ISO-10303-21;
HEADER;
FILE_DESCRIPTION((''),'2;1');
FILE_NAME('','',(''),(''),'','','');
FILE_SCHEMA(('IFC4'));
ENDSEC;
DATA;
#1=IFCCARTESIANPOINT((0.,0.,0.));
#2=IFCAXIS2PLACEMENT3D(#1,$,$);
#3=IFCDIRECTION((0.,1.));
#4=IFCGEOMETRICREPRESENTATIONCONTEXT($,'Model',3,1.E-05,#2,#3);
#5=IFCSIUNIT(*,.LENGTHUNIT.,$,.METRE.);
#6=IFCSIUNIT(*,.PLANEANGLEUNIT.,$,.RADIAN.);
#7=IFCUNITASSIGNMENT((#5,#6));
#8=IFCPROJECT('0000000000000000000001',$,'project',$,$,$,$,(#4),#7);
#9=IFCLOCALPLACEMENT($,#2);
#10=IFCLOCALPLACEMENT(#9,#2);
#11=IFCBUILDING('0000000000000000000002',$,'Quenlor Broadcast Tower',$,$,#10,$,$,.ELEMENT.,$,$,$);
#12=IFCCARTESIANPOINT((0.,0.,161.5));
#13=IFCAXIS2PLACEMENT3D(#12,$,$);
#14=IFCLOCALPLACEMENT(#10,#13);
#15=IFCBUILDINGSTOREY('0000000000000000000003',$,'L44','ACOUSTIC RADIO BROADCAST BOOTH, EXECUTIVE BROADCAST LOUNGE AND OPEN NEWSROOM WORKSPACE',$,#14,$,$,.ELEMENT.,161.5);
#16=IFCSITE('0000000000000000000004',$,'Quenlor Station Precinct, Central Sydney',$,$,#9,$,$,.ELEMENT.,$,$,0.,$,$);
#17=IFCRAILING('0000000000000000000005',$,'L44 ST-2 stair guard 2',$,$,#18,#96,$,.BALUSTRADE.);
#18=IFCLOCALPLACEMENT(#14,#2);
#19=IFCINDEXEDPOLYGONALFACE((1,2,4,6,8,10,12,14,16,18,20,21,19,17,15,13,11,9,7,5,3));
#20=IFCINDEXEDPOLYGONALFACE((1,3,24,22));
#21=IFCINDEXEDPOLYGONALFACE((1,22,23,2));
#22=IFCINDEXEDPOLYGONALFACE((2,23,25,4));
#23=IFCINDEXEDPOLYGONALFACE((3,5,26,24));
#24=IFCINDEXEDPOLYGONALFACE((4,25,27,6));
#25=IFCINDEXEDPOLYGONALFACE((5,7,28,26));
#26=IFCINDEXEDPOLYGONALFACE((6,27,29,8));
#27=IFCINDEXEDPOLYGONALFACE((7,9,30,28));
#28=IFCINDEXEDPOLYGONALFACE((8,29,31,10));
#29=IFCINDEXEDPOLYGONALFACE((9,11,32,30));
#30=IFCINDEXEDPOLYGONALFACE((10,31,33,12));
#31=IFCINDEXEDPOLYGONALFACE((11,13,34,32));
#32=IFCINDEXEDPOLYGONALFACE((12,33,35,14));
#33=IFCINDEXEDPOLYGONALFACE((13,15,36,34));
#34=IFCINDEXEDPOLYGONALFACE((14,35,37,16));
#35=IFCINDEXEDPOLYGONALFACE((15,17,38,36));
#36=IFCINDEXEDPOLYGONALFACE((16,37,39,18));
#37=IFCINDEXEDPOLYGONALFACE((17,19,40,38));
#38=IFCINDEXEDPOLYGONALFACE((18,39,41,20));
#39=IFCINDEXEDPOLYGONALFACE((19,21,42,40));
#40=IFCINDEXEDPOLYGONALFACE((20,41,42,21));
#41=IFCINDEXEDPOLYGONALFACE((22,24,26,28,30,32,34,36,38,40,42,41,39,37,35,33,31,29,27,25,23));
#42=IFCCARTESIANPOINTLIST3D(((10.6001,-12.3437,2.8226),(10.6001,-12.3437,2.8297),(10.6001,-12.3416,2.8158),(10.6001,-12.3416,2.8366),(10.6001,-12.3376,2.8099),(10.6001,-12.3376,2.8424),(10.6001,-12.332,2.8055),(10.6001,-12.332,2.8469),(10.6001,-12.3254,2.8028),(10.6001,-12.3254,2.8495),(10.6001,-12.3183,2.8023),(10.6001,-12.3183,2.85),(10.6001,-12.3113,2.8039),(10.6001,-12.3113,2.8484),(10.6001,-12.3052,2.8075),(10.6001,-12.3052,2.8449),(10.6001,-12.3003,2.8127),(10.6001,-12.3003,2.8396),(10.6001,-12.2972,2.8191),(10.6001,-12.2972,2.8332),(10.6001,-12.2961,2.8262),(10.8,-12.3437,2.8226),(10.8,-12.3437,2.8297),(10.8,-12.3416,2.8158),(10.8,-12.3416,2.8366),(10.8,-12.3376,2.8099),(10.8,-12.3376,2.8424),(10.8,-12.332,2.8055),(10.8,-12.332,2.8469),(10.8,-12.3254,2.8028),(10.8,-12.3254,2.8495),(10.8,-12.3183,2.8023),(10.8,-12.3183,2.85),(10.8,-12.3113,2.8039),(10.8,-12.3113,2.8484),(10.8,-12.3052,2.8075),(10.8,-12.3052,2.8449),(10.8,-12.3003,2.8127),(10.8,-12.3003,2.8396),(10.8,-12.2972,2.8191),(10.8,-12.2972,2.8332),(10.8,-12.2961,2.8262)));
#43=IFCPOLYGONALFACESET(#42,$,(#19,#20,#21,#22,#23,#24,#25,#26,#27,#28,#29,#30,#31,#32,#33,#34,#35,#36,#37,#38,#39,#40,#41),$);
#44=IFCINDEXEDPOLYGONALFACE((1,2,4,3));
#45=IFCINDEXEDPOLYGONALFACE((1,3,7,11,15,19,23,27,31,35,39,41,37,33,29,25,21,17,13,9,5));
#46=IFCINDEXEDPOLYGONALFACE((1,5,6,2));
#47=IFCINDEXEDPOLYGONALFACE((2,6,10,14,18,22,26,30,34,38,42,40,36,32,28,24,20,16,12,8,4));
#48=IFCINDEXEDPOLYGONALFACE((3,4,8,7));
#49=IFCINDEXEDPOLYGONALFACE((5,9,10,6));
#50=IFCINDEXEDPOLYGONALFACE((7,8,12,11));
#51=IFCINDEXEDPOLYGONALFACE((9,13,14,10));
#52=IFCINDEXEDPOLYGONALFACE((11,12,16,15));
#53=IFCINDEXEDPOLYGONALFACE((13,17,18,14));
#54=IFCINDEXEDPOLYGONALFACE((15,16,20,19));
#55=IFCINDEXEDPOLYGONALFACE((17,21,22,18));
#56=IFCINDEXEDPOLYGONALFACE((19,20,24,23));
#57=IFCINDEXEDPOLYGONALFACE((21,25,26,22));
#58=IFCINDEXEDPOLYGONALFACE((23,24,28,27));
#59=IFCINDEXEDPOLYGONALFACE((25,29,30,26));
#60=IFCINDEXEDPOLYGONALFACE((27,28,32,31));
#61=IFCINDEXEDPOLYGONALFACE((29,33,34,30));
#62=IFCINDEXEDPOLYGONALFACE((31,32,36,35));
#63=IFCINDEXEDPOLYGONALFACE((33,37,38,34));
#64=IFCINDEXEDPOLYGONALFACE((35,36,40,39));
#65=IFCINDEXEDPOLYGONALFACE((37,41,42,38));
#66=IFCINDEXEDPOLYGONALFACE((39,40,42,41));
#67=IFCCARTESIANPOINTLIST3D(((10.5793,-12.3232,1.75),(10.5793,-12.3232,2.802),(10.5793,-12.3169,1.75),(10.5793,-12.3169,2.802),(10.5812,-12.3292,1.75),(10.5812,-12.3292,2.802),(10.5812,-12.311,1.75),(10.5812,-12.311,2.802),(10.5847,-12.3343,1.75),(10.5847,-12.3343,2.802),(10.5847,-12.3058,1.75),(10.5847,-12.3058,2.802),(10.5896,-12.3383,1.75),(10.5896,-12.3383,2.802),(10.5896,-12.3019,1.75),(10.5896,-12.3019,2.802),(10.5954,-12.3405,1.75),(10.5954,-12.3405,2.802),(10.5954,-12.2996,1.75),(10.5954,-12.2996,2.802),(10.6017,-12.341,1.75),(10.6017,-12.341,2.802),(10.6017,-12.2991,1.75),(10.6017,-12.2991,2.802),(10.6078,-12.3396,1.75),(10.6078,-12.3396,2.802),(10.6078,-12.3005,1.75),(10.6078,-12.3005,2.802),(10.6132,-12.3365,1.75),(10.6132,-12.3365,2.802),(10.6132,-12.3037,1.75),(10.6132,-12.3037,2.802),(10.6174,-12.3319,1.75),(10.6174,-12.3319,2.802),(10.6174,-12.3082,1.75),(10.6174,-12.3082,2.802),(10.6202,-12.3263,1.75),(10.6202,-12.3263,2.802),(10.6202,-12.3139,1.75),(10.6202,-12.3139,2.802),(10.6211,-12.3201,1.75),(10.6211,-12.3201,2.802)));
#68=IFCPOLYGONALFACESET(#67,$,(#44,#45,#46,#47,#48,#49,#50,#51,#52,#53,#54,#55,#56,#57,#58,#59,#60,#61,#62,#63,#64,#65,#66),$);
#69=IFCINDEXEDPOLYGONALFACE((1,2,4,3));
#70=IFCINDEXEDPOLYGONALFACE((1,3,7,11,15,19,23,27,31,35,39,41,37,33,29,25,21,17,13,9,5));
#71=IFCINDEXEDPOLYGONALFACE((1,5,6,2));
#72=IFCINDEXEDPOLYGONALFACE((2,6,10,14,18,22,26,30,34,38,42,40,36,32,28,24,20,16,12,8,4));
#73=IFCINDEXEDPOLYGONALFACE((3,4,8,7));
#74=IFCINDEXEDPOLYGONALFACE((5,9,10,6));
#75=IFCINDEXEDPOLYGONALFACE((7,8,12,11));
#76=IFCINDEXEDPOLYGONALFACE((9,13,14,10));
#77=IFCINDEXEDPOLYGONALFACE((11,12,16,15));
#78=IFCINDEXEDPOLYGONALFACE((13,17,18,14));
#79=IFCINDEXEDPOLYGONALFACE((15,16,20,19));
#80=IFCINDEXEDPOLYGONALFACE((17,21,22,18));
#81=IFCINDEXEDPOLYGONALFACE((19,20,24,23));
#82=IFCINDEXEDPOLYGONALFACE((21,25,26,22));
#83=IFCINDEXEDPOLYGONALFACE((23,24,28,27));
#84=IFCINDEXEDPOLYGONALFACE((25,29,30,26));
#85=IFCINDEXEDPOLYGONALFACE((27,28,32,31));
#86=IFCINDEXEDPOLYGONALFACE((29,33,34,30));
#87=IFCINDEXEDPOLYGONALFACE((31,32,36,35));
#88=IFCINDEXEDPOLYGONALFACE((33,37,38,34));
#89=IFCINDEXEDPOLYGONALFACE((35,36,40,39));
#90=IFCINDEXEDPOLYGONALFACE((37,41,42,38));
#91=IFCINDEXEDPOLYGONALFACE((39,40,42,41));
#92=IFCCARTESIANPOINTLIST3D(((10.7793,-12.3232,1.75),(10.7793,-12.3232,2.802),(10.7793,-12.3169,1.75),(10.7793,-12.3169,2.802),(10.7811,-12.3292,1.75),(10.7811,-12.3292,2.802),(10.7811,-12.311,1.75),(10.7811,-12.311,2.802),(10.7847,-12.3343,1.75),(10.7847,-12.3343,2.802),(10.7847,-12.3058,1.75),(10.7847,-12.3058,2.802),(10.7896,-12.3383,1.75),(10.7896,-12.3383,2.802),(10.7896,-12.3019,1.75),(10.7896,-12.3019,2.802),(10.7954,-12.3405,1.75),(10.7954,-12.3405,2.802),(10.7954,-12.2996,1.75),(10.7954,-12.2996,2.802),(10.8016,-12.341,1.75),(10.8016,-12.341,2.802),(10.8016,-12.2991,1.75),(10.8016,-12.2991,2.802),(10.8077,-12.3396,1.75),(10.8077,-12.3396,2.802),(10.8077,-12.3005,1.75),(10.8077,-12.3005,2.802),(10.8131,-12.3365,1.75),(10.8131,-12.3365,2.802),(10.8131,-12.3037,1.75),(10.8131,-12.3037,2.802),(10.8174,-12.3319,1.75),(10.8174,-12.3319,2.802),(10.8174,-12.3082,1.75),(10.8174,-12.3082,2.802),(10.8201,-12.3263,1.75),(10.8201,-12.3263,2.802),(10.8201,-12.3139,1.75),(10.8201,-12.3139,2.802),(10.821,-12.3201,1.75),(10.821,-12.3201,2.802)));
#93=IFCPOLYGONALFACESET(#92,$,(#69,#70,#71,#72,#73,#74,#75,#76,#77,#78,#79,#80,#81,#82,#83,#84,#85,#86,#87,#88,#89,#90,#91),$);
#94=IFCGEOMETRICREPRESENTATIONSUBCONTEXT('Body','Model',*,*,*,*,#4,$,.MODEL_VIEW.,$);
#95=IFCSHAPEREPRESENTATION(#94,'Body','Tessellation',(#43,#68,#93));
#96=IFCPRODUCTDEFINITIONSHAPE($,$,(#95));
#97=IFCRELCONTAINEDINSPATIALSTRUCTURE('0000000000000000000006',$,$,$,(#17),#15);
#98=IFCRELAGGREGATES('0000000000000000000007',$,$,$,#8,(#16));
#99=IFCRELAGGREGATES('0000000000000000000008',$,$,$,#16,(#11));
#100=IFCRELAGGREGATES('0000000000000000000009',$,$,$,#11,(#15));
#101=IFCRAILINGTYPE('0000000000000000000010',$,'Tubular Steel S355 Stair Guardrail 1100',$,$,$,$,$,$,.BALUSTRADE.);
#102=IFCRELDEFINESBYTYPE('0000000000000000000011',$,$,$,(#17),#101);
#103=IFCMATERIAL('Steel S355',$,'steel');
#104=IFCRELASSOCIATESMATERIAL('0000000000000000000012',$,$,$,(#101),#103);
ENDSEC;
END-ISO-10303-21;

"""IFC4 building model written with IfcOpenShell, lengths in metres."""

from ifc_helpers import new_model, si_unit, direction, frame, origin, origin_2d, place, context, subcontext, project, spatial, circle, extrude, material, type_object, element, save


model = new_model("IFC4")

# Units and contexts
model_context = context("Model", 3, precision=1e-05, world=origin(), true_north=direction((0.0, 1.0)))
body_context = subcontext(model_context, "Body", "Model", "MODEL_VIEW")
ifc_project = project(units=[si_unit("LENGTHUNIT", "METRE"), si_unit("PLANEANGLEUNIT", "RADIAN")], contexts=[model_context])

# Site, building, storey
site_placement = place(None, origin())
site = spatial("IfcSite", under=ifc_project, at=site_placement, Name="Quenlor Station Precinct, Central Sydney", CompositionType="ELEMENT", RefElevation=0.0)
building_placement = place(site_placement, origin())
building = spatial("IfcBuilding", under=site, at=building_placement, Name="Quenlor Broadcast Tower", CompositionType="ELEMENT")
storey_placement = place(building_placement, frame((0.0, 0.0, 161.5)))
storey = spatial("IfcBuildingStorey", under=building, at=storey_placement, Name="L44", Description="ACOUSTIC RADIO BROADCAST BOOTH, EXECUTIVE BROADCAST LOUNGE AND OPEN NEWSROOM WORKSPACE", CompositionType="ELEMENT", Elevation=161.5)

# Railing
ifc_material_1 = material(Name="Steel S355", Category="steel")
railing_type_1 = type_object("IfcRailingType", Name="Tubular Steel S355 Stair Guardrail 1100", PredefinedType="BALUSTRADE", material=ifc_material_1)
railing_1_placement = place(storey_placement, frame((10.6001, -12.3201, 1.75)))
element("IfcRailing", 1, at=railing_1_placement, inside=storey, type_object=railing_type_1, Name="L44 ST-2 stair guard 2", PredefinedType="BALUSTRADE", context=body_context, shape_type="SweptSolid", body=[
    extrude(circle(Radius=0.0239, at=origin_2d()), frame((0.0, 0.0, 1.0762), z_axis=(1.0, 0.0, 0.0), x_axis=(0.0, 1.0, 0.0)), (0.0, 0.0, 1.0), 0.2),
    extrude(circle(Radius=0.021, at=origin_2d()), origin(), (0.0, 0.0, 1.0), 1.052),
    extrude(circle(Radius=0.021, at=origin_2d()), frame((0.2, 0.0, 0.0)), (0.0, 0.0, 1.0), 1.052),
])

save(model, "model.ifc")
